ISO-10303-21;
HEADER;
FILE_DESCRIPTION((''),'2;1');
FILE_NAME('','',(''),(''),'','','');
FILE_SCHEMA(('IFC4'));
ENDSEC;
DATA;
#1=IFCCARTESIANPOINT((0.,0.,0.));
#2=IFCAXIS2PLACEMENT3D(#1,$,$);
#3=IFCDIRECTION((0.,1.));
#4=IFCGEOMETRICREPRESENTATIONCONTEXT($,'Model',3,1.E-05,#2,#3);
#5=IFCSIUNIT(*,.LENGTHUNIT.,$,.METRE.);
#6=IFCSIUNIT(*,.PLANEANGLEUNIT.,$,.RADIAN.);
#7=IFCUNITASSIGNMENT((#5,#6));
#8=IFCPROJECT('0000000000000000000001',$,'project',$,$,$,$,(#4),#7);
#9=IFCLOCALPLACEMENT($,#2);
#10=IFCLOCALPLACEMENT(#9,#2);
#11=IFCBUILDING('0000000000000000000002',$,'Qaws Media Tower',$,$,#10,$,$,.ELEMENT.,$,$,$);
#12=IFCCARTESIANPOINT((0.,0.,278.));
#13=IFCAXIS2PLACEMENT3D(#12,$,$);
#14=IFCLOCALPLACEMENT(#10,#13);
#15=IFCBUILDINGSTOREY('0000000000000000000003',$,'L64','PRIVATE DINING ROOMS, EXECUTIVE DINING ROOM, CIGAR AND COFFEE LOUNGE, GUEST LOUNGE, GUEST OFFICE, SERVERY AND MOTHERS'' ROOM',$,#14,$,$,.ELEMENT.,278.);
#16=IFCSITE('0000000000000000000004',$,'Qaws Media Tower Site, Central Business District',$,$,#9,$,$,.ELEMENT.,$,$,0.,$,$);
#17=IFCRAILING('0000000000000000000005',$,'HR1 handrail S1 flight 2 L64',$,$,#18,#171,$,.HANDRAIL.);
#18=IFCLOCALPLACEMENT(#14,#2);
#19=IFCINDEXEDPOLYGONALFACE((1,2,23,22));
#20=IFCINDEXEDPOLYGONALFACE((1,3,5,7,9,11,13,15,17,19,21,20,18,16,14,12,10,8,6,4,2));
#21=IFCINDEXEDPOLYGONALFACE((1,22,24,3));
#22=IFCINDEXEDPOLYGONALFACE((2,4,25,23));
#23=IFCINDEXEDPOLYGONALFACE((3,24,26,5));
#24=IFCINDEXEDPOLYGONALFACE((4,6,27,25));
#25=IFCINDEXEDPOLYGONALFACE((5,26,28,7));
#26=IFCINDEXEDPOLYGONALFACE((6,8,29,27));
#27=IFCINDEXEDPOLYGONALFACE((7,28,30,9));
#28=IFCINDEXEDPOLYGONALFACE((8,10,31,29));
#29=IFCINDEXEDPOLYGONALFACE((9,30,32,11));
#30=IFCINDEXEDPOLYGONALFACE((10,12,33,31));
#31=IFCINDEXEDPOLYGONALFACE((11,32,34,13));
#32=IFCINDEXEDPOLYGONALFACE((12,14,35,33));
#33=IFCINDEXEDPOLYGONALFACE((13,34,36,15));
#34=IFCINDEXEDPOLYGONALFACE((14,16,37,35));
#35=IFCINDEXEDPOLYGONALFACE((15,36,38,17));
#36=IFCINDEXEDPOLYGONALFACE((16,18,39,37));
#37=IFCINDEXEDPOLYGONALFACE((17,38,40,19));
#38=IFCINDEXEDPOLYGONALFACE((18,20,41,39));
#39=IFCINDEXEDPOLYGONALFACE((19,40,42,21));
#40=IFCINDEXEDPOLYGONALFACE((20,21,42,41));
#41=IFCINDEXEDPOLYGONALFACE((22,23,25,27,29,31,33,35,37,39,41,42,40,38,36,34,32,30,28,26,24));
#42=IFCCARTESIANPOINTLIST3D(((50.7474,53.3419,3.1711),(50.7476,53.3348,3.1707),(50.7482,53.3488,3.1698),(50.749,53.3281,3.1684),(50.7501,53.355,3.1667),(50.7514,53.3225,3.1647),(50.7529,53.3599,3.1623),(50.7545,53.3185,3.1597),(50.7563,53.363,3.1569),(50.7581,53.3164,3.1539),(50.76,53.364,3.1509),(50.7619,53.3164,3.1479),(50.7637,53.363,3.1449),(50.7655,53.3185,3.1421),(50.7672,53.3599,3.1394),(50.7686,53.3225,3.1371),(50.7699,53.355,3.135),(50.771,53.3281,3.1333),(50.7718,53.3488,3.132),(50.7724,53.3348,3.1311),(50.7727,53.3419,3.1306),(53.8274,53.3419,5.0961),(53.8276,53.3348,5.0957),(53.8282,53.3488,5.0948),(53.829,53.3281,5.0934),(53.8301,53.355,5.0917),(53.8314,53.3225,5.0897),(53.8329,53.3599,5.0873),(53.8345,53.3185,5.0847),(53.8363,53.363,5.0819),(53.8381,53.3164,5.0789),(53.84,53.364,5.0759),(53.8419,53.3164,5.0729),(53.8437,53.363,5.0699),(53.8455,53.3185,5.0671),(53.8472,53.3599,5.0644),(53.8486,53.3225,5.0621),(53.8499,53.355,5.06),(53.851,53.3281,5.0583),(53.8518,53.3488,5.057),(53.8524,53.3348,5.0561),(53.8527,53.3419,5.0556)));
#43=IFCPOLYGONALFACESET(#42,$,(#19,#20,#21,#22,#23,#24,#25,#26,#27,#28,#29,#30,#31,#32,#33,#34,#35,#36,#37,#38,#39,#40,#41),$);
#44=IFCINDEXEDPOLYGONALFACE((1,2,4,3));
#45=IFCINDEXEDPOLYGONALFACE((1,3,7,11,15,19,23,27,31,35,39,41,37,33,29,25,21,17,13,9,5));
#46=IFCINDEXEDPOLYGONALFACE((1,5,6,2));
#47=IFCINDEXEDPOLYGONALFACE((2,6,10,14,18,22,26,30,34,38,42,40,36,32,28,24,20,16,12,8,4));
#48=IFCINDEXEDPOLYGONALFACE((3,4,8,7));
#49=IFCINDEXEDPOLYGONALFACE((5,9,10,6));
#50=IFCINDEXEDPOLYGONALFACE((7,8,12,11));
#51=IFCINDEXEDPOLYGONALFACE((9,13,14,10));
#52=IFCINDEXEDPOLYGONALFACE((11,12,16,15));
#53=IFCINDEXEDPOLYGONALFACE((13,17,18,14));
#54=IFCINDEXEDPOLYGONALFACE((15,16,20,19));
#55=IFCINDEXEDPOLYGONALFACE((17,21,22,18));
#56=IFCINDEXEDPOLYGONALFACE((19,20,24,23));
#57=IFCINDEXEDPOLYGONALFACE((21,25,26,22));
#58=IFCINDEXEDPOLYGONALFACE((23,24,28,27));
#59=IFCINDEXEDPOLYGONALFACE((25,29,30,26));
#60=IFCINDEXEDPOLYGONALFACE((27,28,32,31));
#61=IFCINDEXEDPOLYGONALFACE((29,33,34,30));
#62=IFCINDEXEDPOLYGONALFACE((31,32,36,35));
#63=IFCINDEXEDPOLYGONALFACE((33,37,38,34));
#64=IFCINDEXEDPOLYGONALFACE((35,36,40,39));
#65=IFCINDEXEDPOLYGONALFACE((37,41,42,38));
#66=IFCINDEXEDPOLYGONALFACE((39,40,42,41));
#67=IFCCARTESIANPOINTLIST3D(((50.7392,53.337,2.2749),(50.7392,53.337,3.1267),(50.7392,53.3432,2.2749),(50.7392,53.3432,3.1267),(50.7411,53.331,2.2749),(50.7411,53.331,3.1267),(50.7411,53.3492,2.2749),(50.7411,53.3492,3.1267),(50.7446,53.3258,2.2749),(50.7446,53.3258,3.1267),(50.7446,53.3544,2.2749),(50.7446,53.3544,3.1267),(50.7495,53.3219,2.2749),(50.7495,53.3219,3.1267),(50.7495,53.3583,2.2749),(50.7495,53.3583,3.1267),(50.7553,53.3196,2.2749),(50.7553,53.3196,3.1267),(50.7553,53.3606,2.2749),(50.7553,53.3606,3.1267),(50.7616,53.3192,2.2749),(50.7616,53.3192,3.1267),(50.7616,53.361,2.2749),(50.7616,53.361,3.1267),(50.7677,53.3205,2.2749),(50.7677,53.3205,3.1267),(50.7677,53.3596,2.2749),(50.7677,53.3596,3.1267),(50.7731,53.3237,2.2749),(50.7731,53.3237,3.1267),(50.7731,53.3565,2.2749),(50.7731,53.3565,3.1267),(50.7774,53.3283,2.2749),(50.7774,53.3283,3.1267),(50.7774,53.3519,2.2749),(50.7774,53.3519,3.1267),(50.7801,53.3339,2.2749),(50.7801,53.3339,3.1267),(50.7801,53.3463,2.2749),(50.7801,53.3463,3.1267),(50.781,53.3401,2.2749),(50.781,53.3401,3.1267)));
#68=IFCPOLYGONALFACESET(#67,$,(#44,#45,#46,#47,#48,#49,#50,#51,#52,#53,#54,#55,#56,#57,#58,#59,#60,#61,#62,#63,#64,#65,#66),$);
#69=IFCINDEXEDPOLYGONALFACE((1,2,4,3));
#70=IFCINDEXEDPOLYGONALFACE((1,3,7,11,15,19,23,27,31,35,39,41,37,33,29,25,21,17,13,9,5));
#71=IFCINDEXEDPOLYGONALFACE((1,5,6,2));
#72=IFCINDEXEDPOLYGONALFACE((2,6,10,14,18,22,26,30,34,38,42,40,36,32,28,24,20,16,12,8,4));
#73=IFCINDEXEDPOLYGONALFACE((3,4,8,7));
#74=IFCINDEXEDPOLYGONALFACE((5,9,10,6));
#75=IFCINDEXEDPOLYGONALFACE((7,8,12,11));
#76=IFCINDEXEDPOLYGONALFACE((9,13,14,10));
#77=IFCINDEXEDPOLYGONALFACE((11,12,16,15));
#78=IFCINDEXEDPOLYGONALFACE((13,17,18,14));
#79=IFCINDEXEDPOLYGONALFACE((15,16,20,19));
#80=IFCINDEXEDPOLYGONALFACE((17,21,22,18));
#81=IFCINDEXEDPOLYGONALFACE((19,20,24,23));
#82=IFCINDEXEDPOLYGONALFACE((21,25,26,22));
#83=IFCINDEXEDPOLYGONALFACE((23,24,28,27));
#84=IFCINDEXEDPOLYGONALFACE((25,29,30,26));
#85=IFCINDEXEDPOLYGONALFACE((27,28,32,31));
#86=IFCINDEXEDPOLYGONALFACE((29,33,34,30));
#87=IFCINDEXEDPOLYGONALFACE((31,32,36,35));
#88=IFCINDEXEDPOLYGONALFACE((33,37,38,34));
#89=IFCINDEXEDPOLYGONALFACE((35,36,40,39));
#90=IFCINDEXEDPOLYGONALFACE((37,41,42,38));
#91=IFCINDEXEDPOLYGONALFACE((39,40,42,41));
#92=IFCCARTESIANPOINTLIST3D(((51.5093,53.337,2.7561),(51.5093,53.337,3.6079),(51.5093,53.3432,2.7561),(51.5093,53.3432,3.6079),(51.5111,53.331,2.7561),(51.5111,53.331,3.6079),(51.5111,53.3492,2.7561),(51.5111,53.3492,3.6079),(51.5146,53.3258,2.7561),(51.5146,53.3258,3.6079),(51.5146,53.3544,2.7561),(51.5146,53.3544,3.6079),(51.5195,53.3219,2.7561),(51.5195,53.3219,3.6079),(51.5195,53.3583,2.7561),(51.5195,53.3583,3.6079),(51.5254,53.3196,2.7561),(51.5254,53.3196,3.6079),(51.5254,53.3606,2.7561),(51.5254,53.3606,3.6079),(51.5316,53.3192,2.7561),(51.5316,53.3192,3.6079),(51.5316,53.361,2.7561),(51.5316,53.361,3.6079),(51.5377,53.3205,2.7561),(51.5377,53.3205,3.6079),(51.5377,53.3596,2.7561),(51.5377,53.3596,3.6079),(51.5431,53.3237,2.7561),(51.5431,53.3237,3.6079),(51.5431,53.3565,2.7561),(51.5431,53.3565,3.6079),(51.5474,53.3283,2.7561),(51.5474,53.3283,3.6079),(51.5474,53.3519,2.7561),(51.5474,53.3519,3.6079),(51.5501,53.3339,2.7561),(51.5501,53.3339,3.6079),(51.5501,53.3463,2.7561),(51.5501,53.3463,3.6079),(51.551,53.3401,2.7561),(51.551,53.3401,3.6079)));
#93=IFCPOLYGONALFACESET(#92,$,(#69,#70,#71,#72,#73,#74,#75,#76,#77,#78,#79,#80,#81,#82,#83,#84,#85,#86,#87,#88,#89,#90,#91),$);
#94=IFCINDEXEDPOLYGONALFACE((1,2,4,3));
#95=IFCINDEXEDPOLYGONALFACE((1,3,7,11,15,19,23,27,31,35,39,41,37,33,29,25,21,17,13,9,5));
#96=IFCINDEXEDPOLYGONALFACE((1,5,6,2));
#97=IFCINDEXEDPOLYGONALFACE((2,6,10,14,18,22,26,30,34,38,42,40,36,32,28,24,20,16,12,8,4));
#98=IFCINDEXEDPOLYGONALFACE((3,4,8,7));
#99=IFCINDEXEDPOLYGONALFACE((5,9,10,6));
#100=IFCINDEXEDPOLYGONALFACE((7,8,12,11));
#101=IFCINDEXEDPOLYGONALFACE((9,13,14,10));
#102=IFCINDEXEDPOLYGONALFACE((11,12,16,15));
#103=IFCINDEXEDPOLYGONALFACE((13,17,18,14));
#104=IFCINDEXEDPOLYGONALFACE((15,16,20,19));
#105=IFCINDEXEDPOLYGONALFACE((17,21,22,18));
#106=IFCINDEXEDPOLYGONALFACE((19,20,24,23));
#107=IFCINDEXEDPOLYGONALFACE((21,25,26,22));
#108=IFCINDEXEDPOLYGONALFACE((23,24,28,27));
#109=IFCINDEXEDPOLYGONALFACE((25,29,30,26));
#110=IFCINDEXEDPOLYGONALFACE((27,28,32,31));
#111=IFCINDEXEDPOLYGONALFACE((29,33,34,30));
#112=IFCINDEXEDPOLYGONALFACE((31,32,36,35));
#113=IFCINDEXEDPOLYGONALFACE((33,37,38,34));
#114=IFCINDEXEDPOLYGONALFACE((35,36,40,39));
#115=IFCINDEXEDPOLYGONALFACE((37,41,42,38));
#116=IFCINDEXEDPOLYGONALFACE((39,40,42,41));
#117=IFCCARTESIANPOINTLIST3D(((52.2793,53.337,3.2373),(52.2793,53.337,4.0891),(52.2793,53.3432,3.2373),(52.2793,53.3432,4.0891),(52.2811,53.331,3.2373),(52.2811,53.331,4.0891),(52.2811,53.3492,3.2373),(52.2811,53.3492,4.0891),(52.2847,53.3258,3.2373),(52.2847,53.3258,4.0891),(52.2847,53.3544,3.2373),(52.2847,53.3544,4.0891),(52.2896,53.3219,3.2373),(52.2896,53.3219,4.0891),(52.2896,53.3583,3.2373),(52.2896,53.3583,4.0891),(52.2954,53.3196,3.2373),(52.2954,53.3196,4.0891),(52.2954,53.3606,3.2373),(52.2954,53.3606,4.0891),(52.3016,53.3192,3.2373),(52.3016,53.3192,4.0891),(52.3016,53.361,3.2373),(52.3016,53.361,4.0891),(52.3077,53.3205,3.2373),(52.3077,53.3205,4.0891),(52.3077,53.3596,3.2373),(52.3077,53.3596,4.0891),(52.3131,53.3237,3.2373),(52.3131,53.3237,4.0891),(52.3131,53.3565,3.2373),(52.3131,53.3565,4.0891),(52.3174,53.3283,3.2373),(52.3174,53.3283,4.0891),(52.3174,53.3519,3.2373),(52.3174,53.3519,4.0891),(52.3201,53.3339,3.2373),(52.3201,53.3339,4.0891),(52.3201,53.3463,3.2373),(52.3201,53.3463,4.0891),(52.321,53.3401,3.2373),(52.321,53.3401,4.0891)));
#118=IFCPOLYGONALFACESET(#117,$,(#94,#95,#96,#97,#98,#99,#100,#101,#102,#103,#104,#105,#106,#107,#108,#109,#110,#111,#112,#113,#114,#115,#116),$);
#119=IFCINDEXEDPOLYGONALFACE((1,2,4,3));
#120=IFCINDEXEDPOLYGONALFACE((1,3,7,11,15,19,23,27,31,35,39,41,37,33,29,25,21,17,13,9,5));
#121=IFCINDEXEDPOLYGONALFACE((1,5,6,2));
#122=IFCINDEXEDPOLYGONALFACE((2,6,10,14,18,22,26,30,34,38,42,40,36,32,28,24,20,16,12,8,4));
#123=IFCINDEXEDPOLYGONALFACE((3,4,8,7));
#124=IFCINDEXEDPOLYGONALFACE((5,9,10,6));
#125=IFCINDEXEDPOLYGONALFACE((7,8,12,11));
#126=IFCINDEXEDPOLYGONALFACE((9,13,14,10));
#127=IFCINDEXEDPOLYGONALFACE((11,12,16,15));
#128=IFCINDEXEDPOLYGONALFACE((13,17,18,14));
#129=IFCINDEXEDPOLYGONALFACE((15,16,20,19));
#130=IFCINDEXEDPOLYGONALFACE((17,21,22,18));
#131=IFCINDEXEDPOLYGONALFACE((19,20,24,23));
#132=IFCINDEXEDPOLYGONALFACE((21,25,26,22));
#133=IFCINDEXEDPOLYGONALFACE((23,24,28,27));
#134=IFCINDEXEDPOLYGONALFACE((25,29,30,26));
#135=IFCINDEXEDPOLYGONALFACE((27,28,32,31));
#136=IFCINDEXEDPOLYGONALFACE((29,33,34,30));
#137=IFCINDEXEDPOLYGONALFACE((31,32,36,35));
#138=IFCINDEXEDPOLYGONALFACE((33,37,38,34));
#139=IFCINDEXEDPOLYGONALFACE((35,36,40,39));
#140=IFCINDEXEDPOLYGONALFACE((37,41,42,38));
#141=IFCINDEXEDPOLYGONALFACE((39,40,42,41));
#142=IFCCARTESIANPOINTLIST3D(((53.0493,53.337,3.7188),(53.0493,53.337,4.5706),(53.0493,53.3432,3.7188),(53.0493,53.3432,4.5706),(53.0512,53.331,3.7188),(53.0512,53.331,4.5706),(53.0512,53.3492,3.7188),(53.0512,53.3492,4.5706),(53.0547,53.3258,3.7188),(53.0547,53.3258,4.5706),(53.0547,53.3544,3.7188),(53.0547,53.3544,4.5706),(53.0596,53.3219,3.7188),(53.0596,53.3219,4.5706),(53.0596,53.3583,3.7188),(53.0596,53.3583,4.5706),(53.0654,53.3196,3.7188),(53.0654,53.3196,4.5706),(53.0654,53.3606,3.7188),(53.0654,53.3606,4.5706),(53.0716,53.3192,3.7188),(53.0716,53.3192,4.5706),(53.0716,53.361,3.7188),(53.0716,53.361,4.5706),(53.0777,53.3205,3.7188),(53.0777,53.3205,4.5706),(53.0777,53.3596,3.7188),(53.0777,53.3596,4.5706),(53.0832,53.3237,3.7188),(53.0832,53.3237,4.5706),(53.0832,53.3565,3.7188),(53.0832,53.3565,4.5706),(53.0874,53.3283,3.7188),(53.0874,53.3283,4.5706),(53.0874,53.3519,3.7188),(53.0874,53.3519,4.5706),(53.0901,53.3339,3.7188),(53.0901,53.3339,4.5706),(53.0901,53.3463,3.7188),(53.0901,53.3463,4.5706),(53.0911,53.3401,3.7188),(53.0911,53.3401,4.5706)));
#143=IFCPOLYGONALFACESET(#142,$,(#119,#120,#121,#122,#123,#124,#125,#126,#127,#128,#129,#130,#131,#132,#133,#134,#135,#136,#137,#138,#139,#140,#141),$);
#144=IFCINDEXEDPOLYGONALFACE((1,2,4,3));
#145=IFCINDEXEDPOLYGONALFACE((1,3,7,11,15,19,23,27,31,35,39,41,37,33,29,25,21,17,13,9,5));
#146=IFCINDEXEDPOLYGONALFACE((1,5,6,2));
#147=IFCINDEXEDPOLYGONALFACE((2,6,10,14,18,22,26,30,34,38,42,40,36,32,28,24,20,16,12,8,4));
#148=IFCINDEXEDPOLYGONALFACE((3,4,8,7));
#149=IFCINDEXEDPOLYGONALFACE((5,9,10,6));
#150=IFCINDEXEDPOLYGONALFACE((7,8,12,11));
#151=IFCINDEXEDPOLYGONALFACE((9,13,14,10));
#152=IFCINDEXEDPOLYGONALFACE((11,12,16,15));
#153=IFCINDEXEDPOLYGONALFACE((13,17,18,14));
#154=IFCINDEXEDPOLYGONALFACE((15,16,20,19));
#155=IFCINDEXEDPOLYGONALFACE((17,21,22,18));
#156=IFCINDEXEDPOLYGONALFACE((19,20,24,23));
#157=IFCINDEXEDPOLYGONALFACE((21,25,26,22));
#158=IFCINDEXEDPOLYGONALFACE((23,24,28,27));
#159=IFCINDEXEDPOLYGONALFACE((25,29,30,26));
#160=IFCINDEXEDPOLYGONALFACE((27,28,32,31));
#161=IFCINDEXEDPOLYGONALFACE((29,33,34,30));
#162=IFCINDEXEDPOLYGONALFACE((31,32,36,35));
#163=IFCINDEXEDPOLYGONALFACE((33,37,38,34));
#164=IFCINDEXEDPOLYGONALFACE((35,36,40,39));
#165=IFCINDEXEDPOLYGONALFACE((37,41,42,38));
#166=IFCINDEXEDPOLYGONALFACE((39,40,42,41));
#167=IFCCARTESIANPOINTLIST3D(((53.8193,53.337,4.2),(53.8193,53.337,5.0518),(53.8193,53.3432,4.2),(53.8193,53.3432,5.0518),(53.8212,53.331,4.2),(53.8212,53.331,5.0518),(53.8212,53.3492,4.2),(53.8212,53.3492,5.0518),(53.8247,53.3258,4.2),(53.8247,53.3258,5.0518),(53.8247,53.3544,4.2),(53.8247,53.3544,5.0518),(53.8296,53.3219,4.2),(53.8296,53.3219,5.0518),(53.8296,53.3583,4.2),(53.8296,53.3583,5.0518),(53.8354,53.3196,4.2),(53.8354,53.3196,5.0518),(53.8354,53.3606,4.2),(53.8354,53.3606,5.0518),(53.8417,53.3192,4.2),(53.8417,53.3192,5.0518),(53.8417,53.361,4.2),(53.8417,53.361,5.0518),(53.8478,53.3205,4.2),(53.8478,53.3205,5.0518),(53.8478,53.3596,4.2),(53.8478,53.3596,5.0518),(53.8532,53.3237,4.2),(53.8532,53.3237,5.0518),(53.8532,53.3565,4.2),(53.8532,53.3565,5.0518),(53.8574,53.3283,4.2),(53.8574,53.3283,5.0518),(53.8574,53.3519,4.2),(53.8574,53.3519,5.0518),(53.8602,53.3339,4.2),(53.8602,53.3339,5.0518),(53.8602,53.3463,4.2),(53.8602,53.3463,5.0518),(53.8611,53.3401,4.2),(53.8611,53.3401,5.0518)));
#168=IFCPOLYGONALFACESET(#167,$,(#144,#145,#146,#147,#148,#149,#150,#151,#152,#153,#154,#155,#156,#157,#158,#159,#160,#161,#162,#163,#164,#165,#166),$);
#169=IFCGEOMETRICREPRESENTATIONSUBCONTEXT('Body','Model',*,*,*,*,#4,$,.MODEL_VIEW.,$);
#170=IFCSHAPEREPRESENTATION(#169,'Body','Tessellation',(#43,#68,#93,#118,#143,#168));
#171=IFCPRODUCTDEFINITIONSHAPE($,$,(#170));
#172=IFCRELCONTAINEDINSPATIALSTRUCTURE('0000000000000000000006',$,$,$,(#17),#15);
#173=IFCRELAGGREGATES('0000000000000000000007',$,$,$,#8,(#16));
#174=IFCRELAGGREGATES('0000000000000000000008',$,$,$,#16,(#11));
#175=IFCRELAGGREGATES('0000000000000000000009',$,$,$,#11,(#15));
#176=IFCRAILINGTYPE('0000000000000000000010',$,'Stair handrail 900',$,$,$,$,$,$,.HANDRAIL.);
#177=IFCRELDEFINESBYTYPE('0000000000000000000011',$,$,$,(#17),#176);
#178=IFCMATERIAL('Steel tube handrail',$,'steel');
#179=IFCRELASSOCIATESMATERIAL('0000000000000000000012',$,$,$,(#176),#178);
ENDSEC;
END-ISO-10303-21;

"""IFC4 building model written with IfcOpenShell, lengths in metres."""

from ifc_helpers import new_model, si_unit, direction, frame, origin, origin_2d, place, context, subcontext, project, spatial, circle, extrude, material, type_object, element, save


model = new_model("IFC4")

# Units and contexts
model_context = context("Model", 3, precision=1e-05, world=origin(), true_north=direction((0.0, 1.0)))
body_context = subcontext(model_context, "Body", "Model", "MODEL_VIEW")
ifc_project = project(units=[si_unit("LENGTHUNIT", "METRE"), si_unit("PLANEANGLEUNIT", "RADIAN")], contexts=[model_context])

# Site, building, storey
site_placement = place(None, origin())
site = spatial("IfcSite", under=ifc_project, at=site_placement, Name="Qaws Media Tower Site, Central Business District", CompositionType="ELEMENT", RefElevation=0.0)
building_placement = place(site_placement, origin())
building = spatial("IfcBuilding", under=site, at=building_placement, Name="Qaws Media Tower", CompositionType="ELEMENT")
storey_placement = place(building_placement, frame((0.0, 0.0, 278.0)))
storey = spatial("IfcBuildingStorey", under=building, at=storey_placement, Name="L64", Description="PRIVATE DINING ROOMS, EXECUTIVE DINING ROOM, CIGAR AND COFFEE LOUNGE, GUEST LOUNGE, GUEST OFFICE, SERVERY AND MOTHERS' ROOM", CompositionType="ELEMENT", Elevation=278.0)

# Railing
ifc_material_1 = material(Name="Steel tube handrail", Category="steel")
railing_type = type_object("IfcRailingType", Name="Stair handrail 900", PredefinedType="HANDRAIL", material=ifc_material_1)
for number, where, name in (
    (1, (50.76, 53.3401, 2.2749), "HR1 handrail S1 flight 2 L64"),
):
    element("IfcRailing", number, at=place(storey_placement, frame(where)), inside=storey, type_object=railing_type, Name=name, PredefinedType="HANDRAIL", context=body_context, shape_type="SweptSolid", body=[
        extrude(circle(Radius=0.0239, at=origin_2d()), frame((0.0, 0.0, 0.876), z_axis=(0.847998, 0.0, 0.529999), x_axis=(0.0, 1.0, 0.0)), (0.0, 0.0, 1.0), 3.6321),
        extrude(circle(Radius=0.021, at=origin_2d()), origin(), (0.0, 0.0, 1.0), 0.8518),
        extrude(circle(Radius=0.021, at=origin_2d()), frame((0.77, 0.0, 0.4812)), (0.0, 0.0, 1.0), 0.8518),
        extrude(circle(Radius=0.021, at=origin_2d()), frame((1.54, 0.0, 0.9624)), (0.0, 0.0, 1.0), 0.8518),
        extrude(circle(Radius=0.021, at=origin_2d()), frame((2.3101, 0.0, 1.4438)), (0.0, 0.0, 1.0), 0.8518),
        extrude(circle(Radius=0.021, at=origin_2d()), frame((3.0801, 0.0, 1.925)), (0.0, 0.0, 1.0), 0.8518),
    ])

save(model, "model.ifc")
